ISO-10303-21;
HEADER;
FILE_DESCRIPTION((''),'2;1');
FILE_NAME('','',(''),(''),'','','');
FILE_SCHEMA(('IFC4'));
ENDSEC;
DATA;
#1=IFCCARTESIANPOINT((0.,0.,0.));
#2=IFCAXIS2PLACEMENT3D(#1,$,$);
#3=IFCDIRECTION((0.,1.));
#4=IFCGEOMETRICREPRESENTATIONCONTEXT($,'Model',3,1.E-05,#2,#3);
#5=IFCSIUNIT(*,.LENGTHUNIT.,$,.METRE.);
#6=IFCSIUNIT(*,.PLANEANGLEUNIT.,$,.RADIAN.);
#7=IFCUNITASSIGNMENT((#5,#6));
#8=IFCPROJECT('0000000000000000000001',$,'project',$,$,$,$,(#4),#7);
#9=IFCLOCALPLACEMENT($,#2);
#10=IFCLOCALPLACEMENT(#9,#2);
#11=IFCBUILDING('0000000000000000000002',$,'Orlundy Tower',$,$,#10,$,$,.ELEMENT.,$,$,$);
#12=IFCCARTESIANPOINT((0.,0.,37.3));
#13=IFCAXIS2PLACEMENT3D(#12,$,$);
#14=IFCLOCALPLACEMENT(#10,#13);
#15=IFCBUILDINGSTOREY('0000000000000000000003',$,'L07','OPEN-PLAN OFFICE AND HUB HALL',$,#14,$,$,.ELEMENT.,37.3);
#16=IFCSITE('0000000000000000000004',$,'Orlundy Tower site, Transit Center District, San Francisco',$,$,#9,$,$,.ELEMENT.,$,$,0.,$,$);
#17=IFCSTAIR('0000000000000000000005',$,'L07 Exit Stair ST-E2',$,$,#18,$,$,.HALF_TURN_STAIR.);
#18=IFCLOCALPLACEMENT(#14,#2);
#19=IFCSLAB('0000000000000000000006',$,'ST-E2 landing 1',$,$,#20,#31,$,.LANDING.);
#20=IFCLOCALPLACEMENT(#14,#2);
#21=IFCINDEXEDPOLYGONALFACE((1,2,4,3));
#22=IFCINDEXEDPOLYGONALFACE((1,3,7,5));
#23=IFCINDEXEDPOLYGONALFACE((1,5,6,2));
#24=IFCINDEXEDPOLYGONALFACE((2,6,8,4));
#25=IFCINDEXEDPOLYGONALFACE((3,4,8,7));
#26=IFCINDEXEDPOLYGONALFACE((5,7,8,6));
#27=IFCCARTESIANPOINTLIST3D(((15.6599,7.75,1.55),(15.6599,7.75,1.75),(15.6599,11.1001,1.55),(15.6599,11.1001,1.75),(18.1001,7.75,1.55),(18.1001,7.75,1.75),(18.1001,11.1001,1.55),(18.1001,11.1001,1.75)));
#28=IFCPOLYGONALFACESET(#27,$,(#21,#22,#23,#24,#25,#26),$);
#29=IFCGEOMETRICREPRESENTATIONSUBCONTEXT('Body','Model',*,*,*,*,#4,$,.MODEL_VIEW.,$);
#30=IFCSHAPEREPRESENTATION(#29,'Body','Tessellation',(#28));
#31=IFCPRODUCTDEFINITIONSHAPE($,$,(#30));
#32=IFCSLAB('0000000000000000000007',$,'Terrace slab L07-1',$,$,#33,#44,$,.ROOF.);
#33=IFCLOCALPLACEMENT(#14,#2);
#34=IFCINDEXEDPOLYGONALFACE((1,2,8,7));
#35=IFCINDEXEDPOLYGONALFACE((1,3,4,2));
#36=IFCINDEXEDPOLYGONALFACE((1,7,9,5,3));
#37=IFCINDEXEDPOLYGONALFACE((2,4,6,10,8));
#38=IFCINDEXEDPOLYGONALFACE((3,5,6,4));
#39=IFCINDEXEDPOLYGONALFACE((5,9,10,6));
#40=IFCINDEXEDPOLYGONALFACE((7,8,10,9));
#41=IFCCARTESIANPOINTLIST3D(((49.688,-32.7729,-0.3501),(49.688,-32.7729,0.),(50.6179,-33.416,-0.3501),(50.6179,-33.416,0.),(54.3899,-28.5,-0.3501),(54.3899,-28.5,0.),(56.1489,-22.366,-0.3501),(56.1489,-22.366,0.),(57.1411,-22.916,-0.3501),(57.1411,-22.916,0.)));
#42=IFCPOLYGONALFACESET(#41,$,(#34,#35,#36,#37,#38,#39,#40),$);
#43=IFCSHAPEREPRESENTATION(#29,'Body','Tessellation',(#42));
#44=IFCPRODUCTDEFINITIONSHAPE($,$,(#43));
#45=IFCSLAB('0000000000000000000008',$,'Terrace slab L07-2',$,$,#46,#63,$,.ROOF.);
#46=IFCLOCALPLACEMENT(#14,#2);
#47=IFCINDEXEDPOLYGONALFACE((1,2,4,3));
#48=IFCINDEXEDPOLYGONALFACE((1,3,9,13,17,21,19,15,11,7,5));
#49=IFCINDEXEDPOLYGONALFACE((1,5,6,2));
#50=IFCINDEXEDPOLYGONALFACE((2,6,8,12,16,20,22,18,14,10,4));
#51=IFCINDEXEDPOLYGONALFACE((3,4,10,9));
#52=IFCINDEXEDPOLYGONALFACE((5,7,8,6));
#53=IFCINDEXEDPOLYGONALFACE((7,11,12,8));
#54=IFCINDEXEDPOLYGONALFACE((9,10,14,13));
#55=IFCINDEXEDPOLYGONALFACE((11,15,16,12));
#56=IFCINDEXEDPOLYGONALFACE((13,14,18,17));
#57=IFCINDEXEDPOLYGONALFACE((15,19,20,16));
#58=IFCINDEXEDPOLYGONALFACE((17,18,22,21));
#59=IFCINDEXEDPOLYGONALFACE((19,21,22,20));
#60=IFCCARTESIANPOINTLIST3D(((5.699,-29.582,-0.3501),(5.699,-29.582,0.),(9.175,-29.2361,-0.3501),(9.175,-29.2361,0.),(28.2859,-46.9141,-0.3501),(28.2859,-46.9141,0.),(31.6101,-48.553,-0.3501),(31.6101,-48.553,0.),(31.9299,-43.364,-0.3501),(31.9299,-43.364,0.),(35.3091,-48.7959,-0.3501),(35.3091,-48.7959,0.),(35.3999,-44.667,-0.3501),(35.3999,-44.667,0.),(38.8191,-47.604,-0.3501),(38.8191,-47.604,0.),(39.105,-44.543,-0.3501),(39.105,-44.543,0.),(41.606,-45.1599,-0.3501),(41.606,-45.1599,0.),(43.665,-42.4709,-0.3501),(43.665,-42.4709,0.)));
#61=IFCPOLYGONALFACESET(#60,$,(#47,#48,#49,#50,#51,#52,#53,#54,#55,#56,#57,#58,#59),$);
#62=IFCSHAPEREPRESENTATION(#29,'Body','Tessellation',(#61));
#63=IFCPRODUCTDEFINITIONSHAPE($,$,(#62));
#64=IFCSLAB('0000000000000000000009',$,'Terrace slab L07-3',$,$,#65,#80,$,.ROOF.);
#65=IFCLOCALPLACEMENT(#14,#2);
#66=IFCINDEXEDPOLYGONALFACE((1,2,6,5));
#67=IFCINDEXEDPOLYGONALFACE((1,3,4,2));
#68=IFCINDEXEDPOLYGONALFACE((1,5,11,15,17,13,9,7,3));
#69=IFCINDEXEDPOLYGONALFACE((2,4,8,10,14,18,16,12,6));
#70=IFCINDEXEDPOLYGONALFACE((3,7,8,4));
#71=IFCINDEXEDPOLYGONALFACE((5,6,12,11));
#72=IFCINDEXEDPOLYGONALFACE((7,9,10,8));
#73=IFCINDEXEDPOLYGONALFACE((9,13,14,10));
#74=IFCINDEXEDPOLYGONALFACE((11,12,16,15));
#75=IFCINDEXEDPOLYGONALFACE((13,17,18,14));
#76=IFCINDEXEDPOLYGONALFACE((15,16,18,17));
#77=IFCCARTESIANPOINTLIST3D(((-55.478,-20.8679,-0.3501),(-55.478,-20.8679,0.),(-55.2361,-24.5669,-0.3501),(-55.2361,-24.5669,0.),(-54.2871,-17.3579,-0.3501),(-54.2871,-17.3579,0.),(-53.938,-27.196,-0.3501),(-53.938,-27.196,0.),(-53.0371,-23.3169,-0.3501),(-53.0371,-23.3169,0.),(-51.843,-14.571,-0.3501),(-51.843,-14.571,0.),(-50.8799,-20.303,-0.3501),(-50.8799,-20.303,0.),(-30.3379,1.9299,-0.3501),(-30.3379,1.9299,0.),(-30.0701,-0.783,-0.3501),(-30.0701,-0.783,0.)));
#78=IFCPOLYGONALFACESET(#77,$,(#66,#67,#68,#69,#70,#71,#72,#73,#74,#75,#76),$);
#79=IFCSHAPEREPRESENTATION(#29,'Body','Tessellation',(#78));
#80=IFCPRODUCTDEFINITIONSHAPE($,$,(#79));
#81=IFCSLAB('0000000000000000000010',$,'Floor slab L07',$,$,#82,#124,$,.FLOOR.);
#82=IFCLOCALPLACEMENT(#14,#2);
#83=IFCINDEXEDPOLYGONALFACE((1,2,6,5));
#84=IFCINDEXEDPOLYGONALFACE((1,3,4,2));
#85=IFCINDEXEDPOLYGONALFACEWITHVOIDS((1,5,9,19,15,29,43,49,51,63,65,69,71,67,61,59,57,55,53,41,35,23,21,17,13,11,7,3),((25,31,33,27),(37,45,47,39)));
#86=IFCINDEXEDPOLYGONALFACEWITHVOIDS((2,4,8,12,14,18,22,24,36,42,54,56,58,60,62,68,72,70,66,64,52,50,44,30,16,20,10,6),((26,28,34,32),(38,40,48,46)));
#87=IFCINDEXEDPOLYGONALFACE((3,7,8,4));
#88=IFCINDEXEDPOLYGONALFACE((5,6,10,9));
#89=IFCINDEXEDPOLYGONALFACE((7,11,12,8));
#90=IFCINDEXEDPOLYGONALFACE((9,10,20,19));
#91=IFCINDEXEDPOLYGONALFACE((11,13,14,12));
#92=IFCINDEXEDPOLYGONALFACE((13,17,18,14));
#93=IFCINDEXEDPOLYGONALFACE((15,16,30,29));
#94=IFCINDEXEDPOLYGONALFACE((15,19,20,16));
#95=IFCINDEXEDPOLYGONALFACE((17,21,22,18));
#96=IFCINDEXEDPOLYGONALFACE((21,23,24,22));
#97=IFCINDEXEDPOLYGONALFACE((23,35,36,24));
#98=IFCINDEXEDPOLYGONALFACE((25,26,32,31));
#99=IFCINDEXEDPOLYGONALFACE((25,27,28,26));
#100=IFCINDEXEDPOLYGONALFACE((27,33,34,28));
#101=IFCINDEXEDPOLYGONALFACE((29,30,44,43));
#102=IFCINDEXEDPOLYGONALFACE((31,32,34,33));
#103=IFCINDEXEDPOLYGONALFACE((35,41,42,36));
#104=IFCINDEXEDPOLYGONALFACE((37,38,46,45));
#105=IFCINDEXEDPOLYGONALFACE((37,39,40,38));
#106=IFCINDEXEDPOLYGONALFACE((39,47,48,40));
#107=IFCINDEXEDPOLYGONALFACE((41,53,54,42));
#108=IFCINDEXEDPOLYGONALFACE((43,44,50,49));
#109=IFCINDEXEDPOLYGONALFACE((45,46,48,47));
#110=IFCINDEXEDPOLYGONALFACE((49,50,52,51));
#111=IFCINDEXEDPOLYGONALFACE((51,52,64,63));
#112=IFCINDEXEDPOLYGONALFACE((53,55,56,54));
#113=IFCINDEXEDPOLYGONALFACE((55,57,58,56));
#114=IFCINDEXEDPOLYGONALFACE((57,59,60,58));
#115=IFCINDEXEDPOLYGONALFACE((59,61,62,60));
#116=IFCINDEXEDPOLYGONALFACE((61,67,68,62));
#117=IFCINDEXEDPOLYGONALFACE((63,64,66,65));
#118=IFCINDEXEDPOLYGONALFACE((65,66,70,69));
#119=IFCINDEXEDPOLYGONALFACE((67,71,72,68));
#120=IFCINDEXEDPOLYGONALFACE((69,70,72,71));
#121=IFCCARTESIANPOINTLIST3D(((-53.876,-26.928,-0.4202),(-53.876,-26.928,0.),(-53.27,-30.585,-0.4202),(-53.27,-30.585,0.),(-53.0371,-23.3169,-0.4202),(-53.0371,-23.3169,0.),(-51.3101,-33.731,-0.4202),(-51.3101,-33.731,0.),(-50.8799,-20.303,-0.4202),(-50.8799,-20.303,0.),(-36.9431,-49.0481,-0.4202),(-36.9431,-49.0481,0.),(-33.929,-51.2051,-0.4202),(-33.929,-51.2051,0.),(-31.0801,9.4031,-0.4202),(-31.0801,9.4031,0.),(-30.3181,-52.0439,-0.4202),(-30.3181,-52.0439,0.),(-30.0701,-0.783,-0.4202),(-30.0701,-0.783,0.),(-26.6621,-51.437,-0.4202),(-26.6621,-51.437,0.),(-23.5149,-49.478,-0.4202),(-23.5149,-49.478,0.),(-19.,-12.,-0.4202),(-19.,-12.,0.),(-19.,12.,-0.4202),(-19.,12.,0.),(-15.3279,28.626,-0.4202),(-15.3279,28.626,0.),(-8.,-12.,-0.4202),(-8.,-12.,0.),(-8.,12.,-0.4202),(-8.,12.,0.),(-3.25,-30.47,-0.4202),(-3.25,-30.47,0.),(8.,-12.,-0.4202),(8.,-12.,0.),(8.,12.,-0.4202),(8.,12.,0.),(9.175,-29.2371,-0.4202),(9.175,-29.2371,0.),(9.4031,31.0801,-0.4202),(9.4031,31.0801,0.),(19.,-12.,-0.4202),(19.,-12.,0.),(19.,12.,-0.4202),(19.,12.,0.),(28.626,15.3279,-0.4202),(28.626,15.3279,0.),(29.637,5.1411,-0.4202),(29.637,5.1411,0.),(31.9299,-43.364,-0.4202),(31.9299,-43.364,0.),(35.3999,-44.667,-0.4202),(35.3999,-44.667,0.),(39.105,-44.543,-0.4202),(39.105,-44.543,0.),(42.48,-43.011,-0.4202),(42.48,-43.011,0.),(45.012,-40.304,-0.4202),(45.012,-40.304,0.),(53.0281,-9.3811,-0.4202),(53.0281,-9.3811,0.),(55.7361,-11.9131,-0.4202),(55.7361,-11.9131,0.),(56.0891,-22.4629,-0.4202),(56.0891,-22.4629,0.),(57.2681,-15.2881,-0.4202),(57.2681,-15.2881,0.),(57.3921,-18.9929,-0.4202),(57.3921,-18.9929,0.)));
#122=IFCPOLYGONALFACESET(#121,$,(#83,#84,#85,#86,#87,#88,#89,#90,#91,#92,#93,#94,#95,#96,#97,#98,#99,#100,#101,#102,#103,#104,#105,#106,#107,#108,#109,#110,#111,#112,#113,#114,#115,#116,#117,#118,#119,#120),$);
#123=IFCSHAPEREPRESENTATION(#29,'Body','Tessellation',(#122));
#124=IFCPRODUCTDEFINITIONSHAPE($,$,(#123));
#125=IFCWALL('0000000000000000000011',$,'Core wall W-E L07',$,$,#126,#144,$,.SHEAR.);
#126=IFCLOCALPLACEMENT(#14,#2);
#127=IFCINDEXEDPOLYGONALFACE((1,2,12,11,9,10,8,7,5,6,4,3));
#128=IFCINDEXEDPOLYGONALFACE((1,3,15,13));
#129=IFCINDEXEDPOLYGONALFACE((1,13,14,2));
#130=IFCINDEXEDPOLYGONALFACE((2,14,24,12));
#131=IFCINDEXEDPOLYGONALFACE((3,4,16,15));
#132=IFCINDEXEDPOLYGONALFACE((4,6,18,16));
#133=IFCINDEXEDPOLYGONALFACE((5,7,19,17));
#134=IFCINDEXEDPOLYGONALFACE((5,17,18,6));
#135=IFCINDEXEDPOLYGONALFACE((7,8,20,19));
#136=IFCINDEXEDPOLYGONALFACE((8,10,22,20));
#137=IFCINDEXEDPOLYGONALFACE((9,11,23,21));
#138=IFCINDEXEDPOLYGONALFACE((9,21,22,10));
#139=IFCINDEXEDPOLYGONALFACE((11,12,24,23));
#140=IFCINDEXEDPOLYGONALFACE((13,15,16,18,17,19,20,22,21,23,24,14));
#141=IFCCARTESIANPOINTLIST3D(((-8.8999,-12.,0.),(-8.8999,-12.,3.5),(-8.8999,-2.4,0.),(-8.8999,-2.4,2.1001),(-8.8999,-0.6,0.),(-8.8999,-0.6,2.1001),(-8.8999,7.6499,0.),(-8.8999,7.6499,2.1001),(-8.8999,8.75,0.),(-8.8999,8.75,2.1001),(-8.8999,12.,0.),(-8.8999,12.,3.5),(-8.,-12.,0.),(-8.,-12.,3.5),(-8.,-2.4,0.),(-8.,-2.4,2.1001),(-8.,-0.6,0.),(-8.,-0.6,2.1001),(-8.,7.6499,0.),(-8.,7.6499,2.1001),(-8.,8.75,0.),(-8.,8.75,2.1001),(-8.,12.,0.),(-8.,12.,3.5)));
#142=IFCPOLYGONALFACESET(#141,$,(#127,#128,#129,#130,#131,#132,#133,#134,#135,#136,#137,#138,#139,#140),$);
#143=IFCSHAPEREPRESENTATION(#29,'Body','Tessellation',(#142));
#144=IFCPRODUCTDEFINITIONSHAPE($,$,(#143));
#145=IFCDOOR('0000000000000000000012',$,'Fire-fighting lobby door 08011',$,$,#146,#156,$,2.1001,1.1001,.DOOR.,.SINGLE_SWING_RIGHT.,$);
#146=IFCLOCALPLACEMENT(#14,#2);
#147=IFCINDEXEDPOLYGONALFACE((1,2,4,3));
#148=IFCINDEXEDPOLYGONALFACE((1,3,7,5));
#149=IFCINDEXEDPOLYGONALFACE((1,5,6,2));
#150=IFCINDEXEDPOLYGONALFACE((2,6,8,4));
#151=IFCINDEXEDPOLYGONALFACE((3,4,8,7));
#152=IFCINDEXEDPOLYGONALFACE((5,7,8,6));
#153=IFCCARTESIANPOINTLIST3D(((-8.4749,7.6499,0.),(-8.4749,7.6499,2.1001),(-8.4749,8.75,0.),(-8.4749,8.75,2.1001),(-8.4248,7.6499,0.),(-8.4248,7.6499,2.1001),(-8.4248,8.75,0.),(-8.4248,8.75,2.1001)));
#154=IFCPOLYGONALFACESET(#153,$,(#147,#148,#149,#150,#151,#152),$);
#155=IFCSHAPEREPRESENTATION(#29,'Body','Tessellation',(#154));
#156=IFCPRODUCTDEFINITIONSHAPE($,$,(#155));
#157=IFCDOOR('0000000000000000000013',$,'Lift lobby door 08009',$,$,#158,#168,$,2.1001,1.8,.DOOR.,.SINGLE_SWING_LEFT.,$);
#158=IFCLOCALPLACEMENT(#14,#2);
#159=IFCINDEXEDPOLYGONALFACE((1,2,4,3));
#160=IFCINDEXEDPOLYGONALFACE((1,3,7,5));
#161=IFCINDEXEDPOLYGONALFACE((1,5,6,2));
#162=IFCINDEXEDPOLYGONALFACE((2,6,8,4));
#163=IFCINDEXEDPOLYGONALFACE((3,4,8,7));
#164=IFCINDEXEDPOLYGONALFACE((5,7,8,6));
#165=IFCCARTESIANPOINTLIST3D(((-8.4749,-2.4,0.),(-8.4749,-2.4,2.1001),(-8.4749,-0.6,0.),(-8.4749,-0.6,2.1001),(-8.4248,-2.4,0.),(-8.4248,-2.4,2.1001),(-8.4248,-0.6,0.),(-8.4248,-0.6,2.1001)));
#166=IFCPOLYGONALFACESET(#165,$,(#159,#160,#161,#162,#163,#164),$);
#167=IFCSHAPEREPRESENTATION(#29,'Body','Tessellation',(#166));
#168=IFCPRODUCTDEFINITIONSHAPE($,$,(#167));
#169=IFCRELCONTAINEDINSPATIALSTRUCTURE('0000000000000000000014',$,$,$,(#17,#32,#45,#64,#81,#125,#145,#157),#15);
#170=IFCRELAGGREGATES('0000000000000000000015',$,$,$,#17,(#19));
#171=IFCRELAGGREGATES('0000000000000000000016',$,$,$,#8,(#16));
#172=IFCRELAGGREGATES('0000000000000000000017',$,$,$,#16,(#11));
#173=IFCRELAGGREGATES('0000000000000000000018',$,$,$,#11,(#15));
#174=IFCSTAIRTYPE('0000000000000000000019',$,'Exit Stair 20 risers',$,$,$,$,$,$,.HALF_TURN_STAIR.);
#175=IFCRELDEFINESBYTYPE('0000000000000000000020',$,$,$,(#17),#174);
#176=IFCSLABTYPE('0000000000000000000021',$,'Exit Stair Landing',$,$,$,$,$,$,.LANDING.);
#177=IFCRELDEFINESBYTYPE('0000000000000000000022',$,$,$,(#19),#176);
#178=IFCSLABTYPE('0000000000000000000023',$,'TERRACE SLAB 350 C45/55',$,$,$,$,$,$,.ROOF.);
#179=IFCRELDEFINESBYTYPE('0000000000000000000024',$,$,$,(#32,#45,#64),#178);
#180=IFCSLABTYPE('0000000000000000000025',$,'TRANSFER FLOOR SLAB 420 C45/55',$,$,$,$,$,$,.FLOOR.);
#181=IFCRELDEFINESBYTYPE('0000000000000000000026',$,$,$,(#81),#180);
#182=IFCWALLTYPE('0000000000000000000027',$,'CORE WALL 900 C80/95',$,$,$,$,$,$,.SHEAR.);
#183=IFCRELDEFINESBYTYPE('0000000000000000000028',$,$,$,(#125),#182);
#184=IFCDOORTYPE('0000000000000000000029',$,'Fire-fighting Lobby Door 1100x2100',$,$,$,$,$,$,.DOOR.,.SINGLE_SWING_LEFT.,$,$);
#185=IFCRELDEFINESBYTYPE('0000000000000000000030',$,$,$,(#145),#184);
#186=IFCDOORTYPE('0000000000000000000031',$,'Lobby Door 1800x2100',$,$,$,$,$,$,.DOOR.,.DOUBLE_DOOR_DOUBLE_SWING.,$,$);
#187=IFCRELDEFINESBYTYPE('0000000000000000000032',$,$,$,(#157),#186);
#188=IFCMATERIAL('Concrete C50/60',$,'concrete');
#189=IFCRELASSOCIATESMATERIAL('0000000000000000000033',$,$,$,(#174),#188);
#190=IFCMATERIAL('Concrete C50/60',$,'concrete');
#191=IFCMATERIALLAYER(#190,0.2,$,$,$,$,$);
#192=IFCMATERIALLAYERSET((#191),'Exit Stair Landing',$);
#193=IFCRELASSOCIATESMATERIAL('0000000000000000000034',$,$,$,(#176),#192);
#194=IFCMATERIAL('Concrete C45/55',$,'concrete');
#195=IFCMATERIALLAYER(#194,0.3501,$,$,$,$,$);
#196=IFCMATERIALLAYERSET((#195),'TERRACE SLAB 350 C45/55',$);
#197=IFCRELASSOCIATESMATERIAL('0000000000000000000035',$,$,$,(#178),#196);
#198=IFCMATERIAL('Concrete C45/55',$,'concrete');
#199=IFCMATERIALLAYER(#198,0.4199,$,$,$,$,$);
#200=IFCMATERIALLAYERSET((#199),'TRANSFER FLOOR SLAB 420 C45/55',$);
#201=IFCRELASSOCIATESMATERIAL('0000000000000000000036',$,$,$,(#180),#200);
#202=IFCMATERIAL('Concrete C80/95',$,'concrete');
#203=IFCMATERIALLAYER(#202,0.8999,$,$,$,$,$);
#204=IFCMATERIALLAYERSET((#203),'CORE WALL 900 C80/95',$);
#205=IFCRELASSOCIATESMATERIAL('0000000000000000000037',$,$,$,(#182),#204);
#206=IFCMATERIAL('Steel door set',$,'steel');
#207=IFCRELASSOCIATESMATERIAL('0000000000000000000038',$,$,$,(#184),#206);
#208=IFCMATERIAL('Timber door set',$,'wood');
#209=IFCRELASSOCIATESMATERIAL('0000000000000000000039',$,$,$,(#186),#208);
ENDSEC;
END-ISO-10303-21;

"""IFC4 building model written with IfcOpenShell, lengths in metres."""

from ifc_helpers import new_model, si_unit, direction, frame, frame_2d, origin, place, context, subcontext, project, spatial, polyline, rectangle, outline, extrude, material, layer, layer_set, type_object, element, fill, aggregate, save


model = new_model("IFC4")

# Units and contexts
model_context = context("Model", 3, precision=1e-05, world=origin(), true_north=direction((0.0, 1.0)))
body_context = subcontext(model_context, "Body", "Model", "MODEL_VIEW")
ifc_project = project(units=[si_unit("LENGTHUNIT", "METRE"), si_unit("PLANEANGLEUNIT", "RADIAN")], contexts=[model_context])

# Site, building, storey
site_placement = place(None, origin())
site = spatial("IfcSite", under=ifc_project, at=site_placement, Name="Orlundy Tower site, Transit Center District, San Francisco", CompositionType="ELEMENT", RefElevation=0.0)
building_placement = place(site_placement, origin())
building = spatial("IfcBuilding", under=site, at=building_placement, Name="Orlundy Tower", CompositionType="ELEMENT")
storey_placement = place(building_placement, frame((0.0, 0.0, 37.3)))
storey = spatial("IfcBuildingStorey", under=building, at=storey_placement, Name="L07", Description="OPEN-PLAN OFFICE AND HUB HALL", CompositionType="ELEMENT", Elevation=37.3)

# Stair, slab
ifc_material_1 = material(Name="Concrete C50/60", Category="concrete")
stair_type = type_object("IfcStairType", Name="Exit Stair 20 risers", PredefinedType="HALF_TURN_STAIR", material=ifc_material_1)
ifc_material_2 = material(Name="Concrete C50/60", Category="concrete")
ifc_layer_1 = layer(ifc_material_2, 0.2)
ifc_layer_set_1 = layer_set([ifc_layer_1], Name="Exit Stair Landing")
slab_type_1 = type_object("IfcSlabType", Name="Exit Stair Landing", PredefinedType="LANDING", material=ifc_layer_set_1)
stair_1_placement = place(storey_placement, origin())
stair_1 = element("IfcStair", 1, at=stair_1_placement, inside=storey, type_object=stair_type, Name="L07 Exit Stair ST-E2", PredefinedType="HALF_TURN_STAIR")
slab_1_placement = place(storey_placement, frame((0.0, 0.0, 1.55)))
slab_1 = element("IfcSlab", 2, at=slab_1_placement, type_object=slab_type_1, Name="ST-E2 landing 1", PredefinedType="LANDING", context=body_context, shape_type="SweptSolid", body=[
    extrude(outline(polyline([(15.6599, 7.75), (18.1001, 7.75), (18.1001, 11.1001), (15.6599, 11.1001), (15.6599, 7.75)])), origin(), (0.0, 0.0, 1.0), 0.2),
])
aggregate(stair_1, [slab_1])

# Slabs
ifc_material_3 = material(Name="Concrete C45/55", Category="concrete")
ifc_layer_2 = layer(ifc_material_3, 0.3501)
ifc_layer_set_2 = layer_set([ifc_layer_2], Name="TERRACE SLAB 350 C45/55")
slab_type_2 = type_object("IfcSlabType", Name="TERRACE SLAB 350 C45/55", PredefinedType="ROOF", material=ifc_layer_set_2)
slab_2_placement = place(storey_placement, frame((0.0, 0.0, -0.3501)))
element("IfcSlab", 3, at=slab_2_placement, inside=storey, type_object=slab_type_2, Name="Terrace slab L07-1", PredefinedType="ROOF", context=body_context, shape_type="SweptSolid", body=[
    extrude(outline(polyline([(50.6179, -33.416), (49.688, -32.7729), (56.1489, -22.366), (57.1411, -22.916), (54.3899, -28.5), (50.6179, -33.416)])), origin(), (0.0, 0.0, 1.0), 0.3501),
])
slab_3_placement = place(storey_placement, frame((0.0, 0.0, -0.3501)))
element("IfcSlab", 4, at=slab_3_placement, inside=storey, type_object=slab_type_2, Name="Terrace slab L07-2", PredefinedType="ROOF", context=body_context, shape_type="SweptSolid", body=[
    extrude(outline(polyline([(5.699, -29.582), (9.175, -29.2361), (31.9299, -43.364), (35.3999, -44.667), (39.105, -44.543), (43.665, -42.4709), (41.606, -45.1599), (38.8191, -47.604), (35.3091, -48.7959), (31.6101, -48.553), (28.2859, -46.9141), (5.699, -29.582)])), origin(), (0.0, 0.0, 1.0), 0.3501),
])
slab_4_placement = place(storey_placement, frame((0.0, 0.0, -0.3501)))
element("IfcSlab", 5, at=slab_4_placement, inside=storey, type_object=slab_type_2, Name="Terrace slab L07-3", PredefinedType="ROOF", context=body_context, shape_type="SweptSolid", body=[
    extrude(outline(polyline([(-55.2361, -24.5669), (-55.478, -20.8679), (-54.2871, -17.3579), (-51.843, -14.571), (-30.3379, 1.9299), (-30.0701, -0.783), (-50.8799, -20.303), (-53.0371, -23.3169), (-53.938, -27.196), (-55.2361, -24.5669)])), origin(), (0.0, 0.0, 1.0), 0.3501),
])
ifc_material_4 = material(Name="Concrete C45/55", Category="concrete")
ifc_layer_3 = layer(ifc_material_4, 0.4199)
ifc_layer_set_3 = layer_set([ifc_layer_3], Name="TRANSFER FLOOR SLAB 420 C45/55")
slab_type_3 = type_object("IfcSlabType", Name="TRANSFER FLOOR SLAB 420 C45/55", PredefinedType="FLOOR", material=ifc_layer_set_3)
slab_5_placement = place(storey_placement, frame((0.0, 0.0, -0.4202)))
element("IfcSlab", 6, at=slab_5_placement, inside=storey, type_object=slab_type_3, Name="Floor slab L07", PredefinedType="FLOOR", context=body_context, shape_type="SweptSolid", body=[
    extrude(outline(polyline([(-30.0701, -0.783), (-31.0801, 9.4031), (-15.3279, 28.626), (9.4031, 31.0801), (28.626, 15.3279), (29.637, 5.1411), (53.0281, -9.3811), (55.7361, -11.9131), (57.2681, -15.2881), (57.3921, -18.9929), (56.0891, -22.4629), (45.012, -40.304), (42.48, -43.011), (39.105, -44.543), (35.3999, -44.667), (31.9299, -43.364), (9.175, -29.2371), (-3.25, -30.47), (-23.5149, -49.478), (-26.6621, -51.437), (-30.3181, -52.0439), (-33.929, -51.2051), (-36.9431, -49.0481), (-51.3101, -33.731), (-53.27, -30.585), (-53.876, -26.928), (-53.0371, -23.3169), (-50.8799, -20.303), (-30.0701, -0.783)]), holes=[polyline([(-8.0, -12.0), (-8.0, 12.0), (-19.0, 12.0), (-19.0, -12.0), (-8.0, -12.0)]), polyline([(19.0, -12.0), (19.0, 12.0), (8.0, 12.0), (8.0, -12.0), (19.0, -12.0)])]), origin(), (0.0, 0.0, 1.0), 0.4202),
])

# Wall, openings, doors
ifc_material_5 = material(Name="Concrete C80/95", Category="concrete")
ifc_layer_4 = layer(ifc_material_5, 0.8999)
ifc_layer_set_4 = layer_set([ifc_layer_4], Name="CORE WALL 900 C80/95")
wall_type = type_object("IfcWallType", Name="CORE WALL 900 C80/95", PredefinedType="SHEAR", material=ifc_layer_set_4)
wall_placement = place(storey_placement, frame((-8.45, -12.0, 0.0), z_axis=(0.0, 0.0, 1.0), x_axis=(0.0, 1.0, 0.0)))
wall = element("IfcWall", 7, at=wall_placement, inside=storey, type_object=wall_type, Name="Core wall W-E L07", PredefinedType="SHEAR", context=body_context, shape_type="SweptSolid", body=[
    extrude(rectangle(XDim=24.0, YDim=0.8999, at=frame_2d((12.0, 0.0))), origin(), (0.0, 0.0, 1.0), 3.5),
])
opening_1_placement = place(wall_placement, frame((9.6001, 0.0, 0.0)))
opening_1 = element("IfcOpeningElement", 8, at=opening_1_placement, cuts=wall, PredefinedType="OPENING", context=body_context, shape_type="SweptSolid", body=[
    extrude(rectangle(XDim=1.8, YDim=2.1001, at=frame_2d((0.8999, 1.05))), frame((0.0, 0.46, 0.0), z_axis=(0.0, -1.0, 0.0), x_axis=(1.0, 0.0, 0.0)), (0.0, 0.0, 1.0), 0.9199),
])
opening_2_placement = place(wall_placement, frame((19.6499, 0.0, 0.0)))
opening_2 = element("IfcOpeningElement", 9, at=opening_2_placement, cuts=wall, PredefinedType="OPENING", context=body_context, shape_type="SweptSolid", body=[
    extrude(rectangle(XDim=1.1001, YDim=2.1001, at=frame_2d((0.55, 1.05))), frame((0.0, 0.46, 0.0), z_axis=(0.0, -1.0, 0.0), x_axis=(1.0, 0.0, 0.0)), (0.0, 0.0, 1.0), 0.9199),
])
ifc_material_6 = material(Name="Steel door set", Category="steel")
door_type_1 = type_object("IfcDoorType", Name="Fire-fighting Lobby Door 1100x2100", OperationType="SINGLE_SWING_LEFT", PredefinedType="DOOR", material=ifc_material_6)
door_1_placement = place(opening_2_placement, origin())
door_1 = element("IfcDoor", 10, at=door_1_placement, inside=storey, type_object=door_type_1, Name="Fire-fighting lobby door 08011", OperationType="SINGLE_SWING_RIGHT", OverallHeight=2.1001, OverallWidth=1.1001, PredefinedType="DOOR", context=body_context, shape_type="SweptSolid", body=[
    extrude(rectangle(XDim=1.1001, YDim=2.1001, at=frame_2d((0.55, 1.05))), frame((0.0, 0.0249, 0.0), z_axis=(0.0, -1.0, 0.0), x_axis=(1.0, 0.0, 0.0)), (0.0, 0.0, 1.0), 0.05),
])
fill(opening_2, door_1)
ifc_material_7 = material(Name="Timber door set", Category="wood")
door_type_2 = type_object("IfcDoorType", Name="Lobby Door 1800x2100", OperationType="DOUBLE_DOOR_DOUBLE_SWING", PredefinedType="DOOR", material=ifc_material_7)
door_2_placement = place(opening_1_placement, origin())
door_2 = element("IfcDoor", 11, at=door_2_placement, inside=storey, type_object=door_type_2, Name="Lift lobby door 08009", OperationType="SINGLE_SWING_LEFT", OverallHeight=2.1001, OverallWidth=1.8, PredefinedType="DOOR", context=body_context, shape_type="SweptSolid", body=[
    extrude(rectangle(XDim=1.8, YDim=2.1001, at=frame_2d((0.8999, 1.05))), frame((0.0, 0.0249, 0.0), z_axis=(0.0, -1.0, 0.0), x_axis=(1.0, 0.0, 0.0)), (0.0, 0.0, 1.0), 0.05),
])
fill(opening_1, door_2)

save(model, "model.ifc")
